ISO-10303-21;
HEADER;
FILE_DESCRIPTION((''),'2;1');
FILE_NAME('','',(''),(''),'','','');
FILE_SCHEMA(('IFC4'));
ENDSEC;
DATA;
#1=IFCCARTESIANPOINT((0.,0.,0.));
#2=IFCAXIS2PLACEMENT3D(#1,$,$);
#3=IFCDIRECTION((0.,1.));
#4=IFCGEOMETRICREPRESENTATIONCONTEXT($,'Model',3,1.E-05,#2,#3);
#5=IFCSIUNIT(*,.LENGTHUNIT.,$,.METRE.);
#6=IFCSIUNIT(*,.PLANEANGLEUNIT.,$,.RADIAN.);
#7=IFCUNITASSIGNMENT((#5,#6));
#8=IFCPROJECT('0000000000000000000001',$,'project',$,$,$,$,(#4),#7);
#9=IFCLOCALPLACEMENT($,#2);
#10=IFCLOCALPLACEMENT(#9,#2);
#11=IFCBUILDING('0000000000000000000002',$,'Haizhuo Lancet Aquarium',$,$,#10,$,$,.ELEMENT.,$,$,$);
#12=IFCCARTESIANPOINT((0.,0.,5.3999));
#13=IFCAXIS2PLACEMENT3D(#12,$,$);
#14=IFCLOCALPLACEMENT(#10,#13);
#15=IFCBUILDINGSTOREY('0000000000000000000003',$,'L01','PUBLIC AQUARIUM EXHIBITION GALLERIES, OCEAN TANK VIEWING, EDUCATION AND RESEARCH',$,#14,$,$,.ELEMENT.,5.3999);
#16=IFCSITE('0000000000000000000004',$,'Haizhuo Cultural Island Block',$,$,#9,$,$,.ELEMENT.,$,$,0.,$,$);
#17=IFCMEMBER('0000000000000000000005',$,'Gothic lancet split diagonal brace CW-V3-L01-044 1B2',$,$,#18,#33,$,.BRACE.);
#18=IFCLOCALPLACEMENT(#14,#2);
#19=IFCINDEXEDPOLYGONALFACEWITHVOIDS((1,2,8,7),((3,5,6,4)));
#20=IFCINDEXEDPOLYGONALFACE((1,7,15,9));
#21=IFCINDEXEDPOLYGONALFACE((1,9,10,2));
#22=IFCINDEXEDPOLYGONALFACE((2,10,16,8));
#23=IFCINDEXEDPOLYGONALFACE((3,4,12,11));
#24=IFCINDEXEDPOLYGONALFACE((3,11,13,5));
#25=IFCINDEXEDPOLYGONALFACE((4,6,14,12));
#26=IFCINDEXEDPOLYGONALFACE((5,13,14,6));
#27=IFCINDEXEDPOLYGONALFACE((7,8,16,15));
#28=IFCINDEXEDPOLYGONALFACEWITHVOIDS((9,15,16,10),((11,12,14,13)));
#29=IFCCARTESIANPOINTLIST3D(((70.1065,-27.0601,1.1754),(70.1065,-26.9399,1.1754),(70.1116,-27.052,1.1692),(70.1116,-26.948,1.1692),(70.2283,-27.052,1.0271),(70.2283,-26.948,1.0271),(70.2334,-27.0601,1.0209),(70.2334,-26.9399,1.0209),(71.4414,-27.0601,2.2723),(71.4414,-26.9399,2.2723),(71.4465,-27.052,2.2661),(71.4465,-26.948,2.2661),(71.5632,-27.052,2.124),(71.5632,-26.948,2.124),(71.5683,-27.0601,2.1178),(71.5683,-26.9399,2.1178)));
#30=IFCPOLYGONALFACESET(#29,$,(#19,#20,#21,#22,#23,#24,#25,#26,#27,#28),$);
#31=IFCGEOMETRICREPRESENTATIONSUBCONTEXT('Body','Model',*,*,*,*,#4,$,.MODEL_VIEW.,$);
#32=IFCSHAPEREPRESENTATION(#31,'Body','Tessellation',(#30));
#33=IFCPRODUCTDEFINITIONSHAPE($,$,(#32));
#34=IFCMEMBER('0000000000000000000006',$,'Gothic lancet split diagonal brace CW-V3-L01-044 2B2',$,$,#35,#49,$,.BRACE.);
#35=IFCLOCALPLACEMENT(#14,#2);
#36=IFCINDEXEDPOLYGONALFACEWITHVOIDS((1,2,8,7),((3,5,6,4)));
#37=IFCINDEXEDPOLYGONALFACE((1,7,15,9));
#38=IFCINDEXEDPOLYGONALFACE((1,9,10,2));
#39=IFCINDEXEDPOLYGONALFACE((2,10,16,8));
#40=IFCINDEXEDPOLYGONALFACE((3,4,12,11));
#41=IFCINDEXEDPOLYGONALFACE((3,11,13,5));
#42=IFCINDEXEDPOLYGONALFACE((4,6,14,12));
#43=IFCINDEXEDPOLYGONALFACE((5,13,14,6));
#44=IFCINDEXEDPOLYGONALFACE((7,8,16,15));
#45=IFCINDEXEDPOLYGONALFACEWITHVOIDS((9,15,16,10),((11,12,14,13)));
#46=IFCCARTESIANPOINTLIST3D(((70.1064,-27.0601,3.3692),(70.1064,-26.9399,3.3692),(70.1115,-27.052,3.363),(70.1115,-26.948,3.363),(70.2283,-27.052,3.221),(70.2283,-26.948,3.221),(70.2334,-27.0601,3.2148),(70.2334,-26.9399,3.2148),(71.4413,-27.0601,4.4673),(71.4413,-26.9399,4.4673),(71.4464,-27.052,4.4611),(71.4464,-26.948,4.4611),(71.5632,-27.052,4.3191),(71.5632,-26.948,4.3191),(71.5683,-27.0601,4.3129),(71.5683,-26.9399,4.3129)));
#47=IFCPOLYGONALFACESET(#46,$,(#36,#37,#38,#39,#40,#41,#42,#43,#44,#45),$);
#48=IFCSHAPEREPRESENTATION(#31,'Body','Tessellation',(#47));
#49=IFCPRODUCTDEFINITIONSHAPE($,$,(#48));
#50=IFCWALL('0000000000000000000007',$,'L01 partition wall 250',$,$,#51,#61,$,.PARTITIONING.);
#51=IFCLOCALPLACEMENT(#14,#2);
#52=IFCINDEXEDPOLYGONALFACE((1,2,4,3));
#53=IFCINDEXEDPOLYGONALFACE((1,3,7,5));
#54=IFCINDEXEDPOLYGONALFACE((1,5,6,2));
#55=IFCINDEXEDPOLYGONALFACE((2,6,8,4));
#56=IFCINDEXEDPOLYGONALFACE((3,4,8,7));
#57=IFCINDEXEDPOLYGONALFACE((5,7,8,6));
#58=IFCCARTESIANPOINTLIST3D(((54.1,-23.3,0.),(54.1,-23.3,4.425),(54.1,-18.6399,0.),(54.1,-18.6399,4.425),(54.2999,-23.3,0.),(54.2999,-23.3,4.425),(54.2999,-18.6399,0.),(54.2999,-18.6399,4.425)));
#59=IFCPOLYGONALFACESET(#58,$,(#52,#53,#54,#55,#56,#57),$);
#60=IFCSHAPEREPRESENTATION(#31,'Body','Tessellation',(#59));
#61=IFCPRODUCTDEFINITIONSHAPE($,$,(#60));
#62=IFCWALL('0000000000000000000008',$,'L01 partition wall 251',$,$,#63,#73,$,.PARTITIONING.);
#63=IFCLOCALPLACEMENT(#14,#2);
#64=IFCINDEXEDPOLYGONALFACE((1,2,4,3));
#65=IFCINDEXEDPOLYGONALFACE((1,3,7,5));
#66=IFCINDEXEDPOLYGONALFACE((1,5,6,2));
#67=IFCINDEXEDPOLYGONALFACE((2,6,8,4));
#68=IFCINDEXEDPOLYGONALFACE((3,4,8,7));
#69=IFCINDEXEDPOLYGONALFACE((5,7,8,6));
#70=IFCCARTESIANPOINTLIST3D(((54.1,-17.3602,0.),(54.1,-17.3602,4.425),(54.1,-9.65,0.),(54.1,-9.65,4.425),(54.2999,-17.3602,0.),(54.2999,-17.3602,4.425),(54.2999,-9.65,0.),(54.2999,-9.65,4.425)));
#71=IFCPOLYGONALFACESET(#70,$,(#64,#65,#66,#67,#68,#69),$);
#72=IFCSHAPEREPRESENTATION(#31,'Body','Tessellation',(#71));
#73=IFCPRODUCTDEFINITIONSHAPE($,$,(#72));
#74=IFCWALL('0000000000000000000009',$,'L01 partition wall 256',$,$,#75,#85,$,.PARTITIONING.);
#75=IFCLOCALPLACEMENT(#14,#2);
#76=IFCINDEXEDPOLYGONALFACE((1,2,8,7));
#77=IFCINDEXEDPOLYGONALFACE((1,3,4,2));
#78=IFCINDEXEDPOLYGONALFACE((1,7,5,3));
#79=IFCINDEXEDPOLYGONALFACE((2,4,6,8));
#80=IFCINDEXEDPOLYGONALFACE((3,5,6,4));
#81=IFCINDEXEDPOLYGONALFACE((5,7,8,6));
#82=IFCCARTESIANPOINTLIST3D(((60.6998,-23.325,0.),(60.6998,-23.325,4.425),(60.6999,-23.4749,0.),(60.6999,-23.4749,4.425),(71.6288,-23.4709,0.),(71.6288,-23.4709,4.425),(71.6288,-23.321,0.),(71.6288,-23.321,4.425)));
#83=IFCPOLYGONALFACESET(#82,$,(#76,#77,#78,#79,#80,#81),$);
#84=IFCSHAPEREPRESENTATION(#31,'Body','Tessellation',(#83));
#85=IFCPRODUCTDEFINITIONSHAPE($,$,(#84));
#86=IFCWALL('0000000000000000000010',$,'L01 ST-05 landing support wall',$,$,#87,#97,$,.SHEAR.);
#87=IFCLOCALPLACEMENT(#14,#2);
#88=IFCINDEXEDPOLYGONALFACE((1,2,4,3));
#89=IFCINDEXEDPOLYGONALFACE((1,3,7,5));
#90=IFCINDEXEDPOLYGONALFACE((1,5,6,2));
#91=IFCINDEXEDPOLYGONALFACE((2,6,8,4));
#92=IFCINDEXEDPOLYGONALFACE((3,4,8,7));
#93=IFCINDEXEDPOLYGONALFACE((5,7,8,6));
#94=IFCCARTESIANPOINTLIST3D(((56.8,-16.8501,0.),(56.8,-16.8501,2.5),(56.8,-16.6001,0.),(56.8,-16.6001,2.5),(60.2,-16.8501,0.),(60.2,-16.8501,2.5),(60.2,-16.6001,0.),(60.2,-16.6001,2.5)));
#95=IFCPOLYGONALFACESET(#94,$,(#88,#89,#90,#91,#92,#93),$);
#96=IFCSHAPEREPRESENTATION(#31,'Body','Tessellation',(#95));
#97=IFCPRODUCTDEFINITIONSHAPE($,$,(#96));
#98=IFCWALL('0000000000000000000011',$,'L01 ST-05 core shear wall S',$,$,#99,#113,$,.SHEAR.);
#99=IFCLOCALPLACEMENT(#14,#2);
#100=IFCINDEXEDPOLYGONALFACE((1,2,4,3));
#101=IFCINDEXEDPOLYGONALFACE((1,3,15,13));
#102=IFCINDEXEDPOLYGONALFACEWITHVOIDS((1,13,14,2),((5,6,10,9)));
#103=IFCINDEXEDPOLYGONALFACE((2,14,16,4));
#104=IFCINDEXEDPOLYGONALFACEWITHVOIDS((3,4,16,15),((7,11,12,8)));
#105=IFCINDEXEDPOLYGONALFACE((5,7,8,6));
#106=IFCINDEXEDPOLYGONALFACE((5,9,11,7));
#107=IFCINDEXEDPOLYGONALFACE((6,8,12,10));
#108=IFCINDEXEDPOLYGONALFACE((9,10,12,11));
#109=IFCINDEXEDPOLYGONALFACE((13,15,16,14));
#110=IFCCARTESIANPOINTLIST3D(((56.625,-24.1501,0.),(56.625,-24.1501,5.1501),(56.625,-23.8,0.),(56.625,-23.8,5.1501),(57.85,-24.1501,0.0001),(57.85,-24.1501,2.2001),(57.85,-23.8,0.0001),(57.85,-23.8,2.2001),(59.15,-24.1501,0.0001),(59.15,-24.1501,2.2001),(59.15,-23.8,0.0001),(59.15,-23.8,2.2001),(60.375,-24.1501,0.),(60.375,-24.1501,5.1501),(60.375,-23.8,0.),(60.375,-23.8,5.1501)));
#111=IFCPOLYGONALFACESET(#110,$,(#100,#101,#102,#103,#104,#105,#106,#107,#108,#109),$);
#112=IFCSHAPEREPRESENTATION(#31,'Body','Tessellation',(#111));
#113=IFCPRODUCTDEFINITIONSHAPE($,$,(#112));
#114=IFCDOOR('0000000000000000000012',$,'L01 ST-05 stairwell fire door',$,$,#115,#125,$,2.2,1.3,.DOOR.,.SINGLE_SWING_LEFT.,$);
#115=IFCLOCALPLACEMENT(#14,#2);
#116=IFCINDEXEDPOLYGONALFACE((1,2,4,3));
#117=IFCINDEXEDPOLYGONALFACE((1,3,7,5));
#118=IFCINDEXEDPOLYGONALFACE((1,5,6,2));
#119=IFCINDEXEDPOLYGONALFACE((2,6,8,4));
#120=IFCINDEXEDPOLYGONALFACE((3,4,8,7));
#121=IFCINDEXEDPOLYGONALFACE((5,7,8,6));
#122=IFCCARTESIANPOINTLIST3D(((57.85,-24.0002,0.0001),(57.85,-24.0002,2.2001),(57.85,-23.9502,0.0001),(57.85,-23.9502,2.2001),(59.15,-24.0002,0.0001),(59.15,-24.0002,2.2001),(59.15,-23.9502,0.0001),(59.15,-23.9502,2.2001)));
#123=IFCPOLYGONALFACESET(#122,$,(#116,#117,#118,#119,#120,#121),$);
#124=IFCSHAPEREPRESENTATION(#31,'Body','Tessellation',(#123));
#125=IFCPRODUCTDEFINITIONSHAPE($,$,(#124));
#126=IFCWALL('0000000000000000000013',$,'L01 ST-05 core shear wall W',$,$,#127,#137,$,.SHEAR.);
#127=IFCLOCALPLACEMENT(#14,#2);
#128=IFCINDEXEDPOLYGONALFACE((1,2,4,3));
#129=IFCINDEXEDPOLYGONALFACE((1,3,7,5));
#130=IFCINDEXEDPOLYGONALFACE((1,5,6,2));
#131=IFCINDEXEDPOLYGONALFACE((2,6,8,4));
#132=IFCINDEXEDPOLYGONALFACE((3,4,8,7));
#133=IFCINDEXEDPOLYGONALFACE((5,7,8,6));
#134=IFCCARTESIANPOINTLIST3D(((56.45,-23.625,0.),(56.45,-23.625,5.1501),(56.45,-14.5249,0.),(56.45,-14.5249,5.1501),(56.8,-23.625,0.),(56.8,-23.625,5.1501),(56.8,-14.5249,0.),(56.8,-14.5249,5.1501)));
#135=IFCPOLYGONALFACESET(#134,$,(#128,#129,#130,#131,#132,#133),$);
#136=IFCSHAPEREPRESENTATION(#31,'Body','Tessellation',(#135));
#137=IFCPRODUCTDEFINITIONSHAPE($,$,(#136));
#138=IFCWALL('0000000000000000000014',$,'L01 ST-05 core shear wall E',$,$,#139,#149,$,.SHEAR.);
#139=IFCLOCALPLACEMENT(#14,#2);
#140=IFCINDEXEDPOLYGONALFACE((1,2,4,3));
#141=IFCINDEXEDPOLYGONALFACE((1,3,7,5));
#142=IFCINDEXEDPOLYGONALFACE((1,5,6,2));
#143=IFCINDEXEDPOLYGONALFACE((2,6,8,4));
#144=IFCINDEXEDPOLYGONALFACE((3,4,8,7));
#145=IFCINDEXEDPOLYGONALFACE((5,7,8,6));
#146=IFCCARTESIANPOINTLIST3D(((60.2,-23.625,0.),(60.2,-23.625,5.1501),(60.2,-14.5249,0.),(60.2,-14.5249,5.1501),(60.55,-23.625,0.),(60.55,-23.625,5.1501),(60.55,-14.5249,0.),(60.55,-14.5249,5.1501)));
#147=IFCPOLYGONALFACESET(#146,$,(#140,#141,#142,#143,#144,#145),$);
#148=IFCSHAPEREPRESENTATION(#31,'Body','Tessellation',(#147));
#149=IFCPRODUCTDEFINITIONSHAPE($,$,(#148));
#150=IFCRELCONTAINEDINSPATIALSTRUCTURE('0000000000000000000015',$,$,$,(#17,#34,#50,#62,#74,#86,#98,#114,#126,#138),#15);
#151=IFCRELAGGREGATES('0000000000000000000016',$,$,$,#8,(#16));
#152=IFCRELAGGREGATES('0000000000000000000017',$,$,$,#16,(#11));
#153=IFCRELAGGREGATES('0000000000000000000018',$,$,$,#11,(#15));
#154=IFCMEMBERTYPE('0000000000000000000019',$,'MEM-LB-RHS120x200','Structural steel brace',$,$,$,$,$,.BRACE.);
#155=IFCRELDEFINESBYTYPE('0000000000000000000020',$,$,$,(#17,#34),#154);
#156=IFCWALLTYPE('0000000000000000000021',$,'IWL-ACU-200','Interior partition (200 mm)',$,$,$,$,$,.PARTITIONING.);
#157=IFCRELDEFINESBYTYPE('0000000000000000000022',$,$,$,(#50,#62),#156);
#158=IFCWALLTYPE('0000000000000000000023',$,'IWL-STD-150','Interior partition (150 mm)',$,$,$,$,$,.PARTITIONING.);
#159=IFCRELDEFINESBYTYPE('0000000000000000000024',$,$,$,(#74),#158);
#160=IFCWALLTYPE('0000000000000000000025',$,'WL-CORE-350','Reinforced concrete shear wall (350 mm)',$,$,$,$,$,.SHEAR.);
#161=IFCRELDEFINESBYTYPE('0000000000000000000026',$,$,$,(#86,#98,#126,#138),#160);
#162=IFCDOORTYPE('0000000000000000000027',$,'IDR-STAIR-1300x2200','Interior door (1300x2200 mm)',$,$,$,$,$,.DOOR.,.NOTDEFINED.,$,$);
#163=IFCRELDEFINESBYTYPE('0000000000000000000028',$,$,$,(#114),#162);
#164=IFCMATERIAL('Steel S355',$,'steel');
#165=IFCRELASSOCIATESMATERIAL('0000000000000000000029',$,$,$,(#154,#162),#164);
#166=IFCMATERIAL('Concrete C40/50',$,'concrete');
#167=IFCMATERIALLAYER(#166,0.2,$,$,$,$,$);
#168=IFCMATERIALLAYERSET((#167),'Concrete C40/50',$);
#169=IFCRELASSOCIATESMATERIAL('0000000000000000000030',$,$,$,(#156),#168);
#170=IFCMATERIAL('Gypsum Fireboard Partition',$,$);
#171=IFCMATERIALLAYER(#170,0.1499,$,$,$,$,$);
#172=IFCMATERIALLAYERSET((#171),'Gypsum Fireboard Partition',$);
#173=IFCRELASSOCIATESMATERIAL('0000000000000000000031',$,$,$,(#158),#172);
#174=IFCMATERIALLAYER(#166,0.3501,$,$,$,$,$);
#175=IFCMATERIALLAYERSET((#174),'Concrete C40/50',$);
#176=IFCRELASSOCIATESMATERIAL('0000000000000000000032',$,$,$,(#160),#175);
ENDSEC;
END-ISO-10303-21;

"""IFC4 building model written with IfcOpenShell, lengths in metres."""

from ifc_helpers import new_model, si_unit, direction, frame, frame_2d, origin, origin_2d, place, context, subcontext, project, spatial, rectangle, hollow_rectangle, extrude, material, layer, layer_set, material_profile, profile_set, type_object, element, fill, save


model = new_model("IFC4")

# Units and contexts
model_context = context("Model", 3, precision=1e-05, world=origin(), true_north=direction((0.0, 1.0)))
body_context = subcontext(model_context, "Body", "Model", "MODEL_VIEW")
ifc_project = project(units=[si_unit("LENGTHUNIT", "METRE"), si_unit("PLANEANGLEUNIT", "RADIAN")], contexts=[model_context])

# Site, building, storey
site_placement = place(None, origin())
site = spatial("IfcSite", under=ifc_project, at=site_placement, Name="Haizhuo Cultural Island Block", CompositionType="ELEMENT", RefElevation=0.0)
building_placement = place(site_placement, origin())
building = spatial("IfcBuilding", under=site, at=building_placement, Name="Haizhuo Lancet Aquarium", CompositionType="ELEMENT")
storey_placement = place(building_placement, frame((0.0, 0.0, 5.3999)))
storey = spatial("IfcBuildingStorey", under=building, at=storey_placement, Name="L01", Description="PUBLIC AQUARIUM EXHIBITION GALLERIES, OCEAN TANK VIEWING, EDUCATION AND RESEARCH", CompositionType="ELEMENT", Elevation=5.3999)

# Shared definitions
ifc_material_1 = material(Name="Concrete C40/50", Category="concrete")

# Shared definitions
ifc_material_2 = material(Name="Steel S355", Category="steel")

# Members
ifc_material_profile_1 = material_profile(ifc_material_2, hollow_rectangle(XDim=0.1201, YDim=0.2, WallThickness=0.0081, at=origin_2d()), Name="RHS 120x200x8")
ifc_profile_set_1 = profile_set([ifc_material_profile_1], Name="Steel S355")
member_type = type_object("IfcMemberType", Name="MEM-LB-RHS120x200", Description="Structural steel brace", PredefinedType="BRACE", material=ifc_profile_set_1)
member_1_placement = place(storey_placement, frame((70.1699, -27.0, 1.0981), z_axis=(0.772627, 0.0, 0.63486), x_axis=(0.0, 1.0, 0.0)))
element("IfcMember", 1, at=member_1_placement, inside=storey, type_object=member_type, Name="Gothic lancet split diagonal brace CW-V3-L01-044 1B2", PredefinedType="BRACE", context=body_context, shape_type="SweptSolid", body=[
    extrude(hollow_rectangle(XDim=0.1201, YDim=0.2, WallThickness=0.0081, at=origin_2d()), origin(), (0.0, 0.0, 1.0), 1.7278),
])
member_2_placement = place(storey_placement, frame((70.1699, -27.0, 3.292), z_axis=(0.772281, 0.0, 0.635281), x_axis=(0.0, 1.0, 0.0)))
element("IfcMember", 2, at=member_2_placement, inside=storey, type_object=member_type, Name="Gothic lancet split diagonal brace CW-V3-L01-044 2B2", PredefinedType="BRACE", context=body_context, shape_type="SweptSolid", body=[
    extrude(hollow_rectangle(XDim=0.1201, YDim=0.2, WallThickness=0.0081, at=origin_2d()), origin(), (0.0, 0.0, 1.0), 1.7285),
])

# Walls
ifc_layer_1 = layer(ifc_material_1, 0.2)
ifc_layer_set_1 = layer_set([ifc_layer_1], Name="Concrete C40/50")
wall_type_1 = type_object("IfcWallType", Name="IWL-ACU-200", Description="Interior partition (200 mm)", PredefinedType="PARTITIONING", material=ifc_layer_set_1)
wall_1_placement = place(storey_placement, frame((54.2, -23.3, 0.0), z_axis=(0.0, 0.0, 1.0), x_axis=(0.0, 1.0, 0.0)))
element("IfcWall", 3, at=wall_1_placement, inside=storey, type_object=wall_type_1, Name="L01 partition wall 250", PredefinedType="PARTITIONING", context=body_context, shape_type="SweptSolid", body=[
    extrude(rectangle(XDim=4.6602, YDim=0.2, at=frame_2d((2.3301, 0.0))), origin(), (0.0, 0.0, 1.0), 4.425),
])
wall_2_placement = place(storey_placement, frame((54.2, -17.3601, 0.0), z_axis=(0.0, 0.0, 1.0), x_axis=(0.0, 1.0, 0.0)))
element("IfcWall", 4, at=wall_2_placement, inside=storey, type_object=wall_type_1, Name="L01 partition wall 251", PredefinedType="PARTITIONING", context=body_context, shape_type="SweptSolid", body=[
    extrude(rectangle(XDim=7.7102, YDim=0.2, at=frame_2d((3.855, 0.0))), origin(), (0.0, 0.0, 1.0), 4.425),
])
ifc_material_3 = material(Name="Gypsum Fireboard Partition")
ifc_layer_2 = layer(ifc_material_3, 0.1499)
ifc_layer_set_2 = layer_set([ifc_layer_2], Name="Gypsum Fireboard Partition")
wall_type_2 = type_object("IfcWallType", Name="IWL-STD-150", Description="Interior partition (150 mm)", PredefinedType="PARTITIONING", material=ifc_layer_set_2)
wall_3_placement = place(storey_placement, frame((60.7, -23.3999, 0.0), z_axis=(0.0, 0.0, 1.0), x_axis=(1.0, 0.000357, 0.0)))
element("IfcWall", 5, at=wall_3_placement, inside=storey, type_object=wall_type_2, Name="L01 partition wall 256", PredefinedType="PARTITIONING", context=body_context, shape_type="SweptSolid", body=[
    extrude(rectangle(XDim=10.929, YDim=0.1499, at=frame_2d((5.4644, 0.0))), origin(), (0.0, 0.0, 1.0), 4.425),
])
ifc_layer_3 = layer(ifc_material_1, 0.3501)
ifc_layer_set_3 = layer_set([ifc_layer_3], Name="Concrete C40/50")
wall_type_3 = type_object("IfcWallType", Name="WL-CORE-350", Description="Reinforced concrete shear wall (350 mm)", PredefinedType="SHEAR", material=ifc_layer_set_3)
wall_4_placement = place(storey_placement, frame((56.8, -16.7251, 0.0), z_axis=(0.0, 0.0, 1.0), x_axis=(1.0, 0.0, 0.0)))
element("IfcWall", 6, at=wall_4_placement, inside=storey, type_object=wall_type_3, Name="L01 ST-05 landing support wall", PredefinedType="SHEAR", context=body_context, shape_type="SweptSolid", body=[
    extrude(rectangle(XDim=3.3999, YDim=0.25, at=frame_2d((1.7, 0.0))), origin(), (0.0, 0.0, 1.0), 2.5),
])

# Wall, opening, door
wall_5_placement = place(storey_placement, frame((56.625, -23.9751, 0.0), z_axis=(0.0, 0.0, 1.0), x_axis=(1.0, 0.0, 0.0)))
wall_5 = element("IfcWall", 7, at=wall_5_placement, inside=storey, type_object=wall_type_3, Name="L01 ST-05 core shear wall S", PredefinedType="SHEAR", context=body_context, shape_type="SweptSolid", body=[
    extrude(rectangle(XDim=3.75, YDim=0.3501, at=frame_2d((1.875, 0.0))), origin(), (0.0, 0.0, 1.0), 5.1501),
])
opening_placement = place(wall_5_placement, frame((1.2251, 0.0, 0.0)))
opening = element("IfcOpeningElement", 8, at=opening_placement, cuts=wall_5, PredefinedType="OPENING", context=body_context, shape_type="SweptSolid", body=[
    extrude(rectangle(XDim=1.3, YDim=2.2, at=frame_2d((0.6499, 1.1001))), frame((0.0, 0.1851, 0.0), z_axis=(0.0, -1.0, 0.0), x_axis=(1.0, 0.0, 0.0)), (0.0, 0.0, 1.0), 0.3701),
])
door_type = type_object("IfcDoorType", Name="IDR-STAIR-1300x2200", Description="Interior door (1300x2200 mm)", OperationType="NOTDEFINED", PredefinedType="DOOR", material=ifc_material_2)
door_placement = place(opening_placement, origin())
door = element("IfcDoor", 9, at=door_placement, inside=storey, type_object=door_type, Name="L01 ST-05 stairwell fire door", OperationType="SINGLE_SWING_LEFT", OverallHeight=2.2, OverallWidth=1.3, PredefinedType="DOOR", context=body_context, shape_type="SweptSolid", body=[
    extrude(rectangle(XDim=1.3, YDim=2.2, at=frame_2d((0.6499, 1.1001))), frame((0.0, 0.0249, 0.0), z_axis=(0.0, -1.0, 0.0), x_axis=(1.0, 0.0, 0.0)), (0.0, 0.0, 1.0), 0.05),
])
fill(opening, door)

# Walls
for number, where, z_axis, x_axis, name in (
    (10, (56.625, -23.625, 0.0), (0.0, 0.0, 1.0), (0.0, 1.0, 0.0), "L01 ST-05 core shear wall W"),
    (11, (60.375, -23.625, 0.0), (0.0, 0.0, 1.0), (0.0, 1.0, 0.0), "L01 ST-05 core shear wall E"),
):
    element("IfcWall", number, at=place(storey_placement, frame(where, z_axis=z_axis, x_axis=x_axis)), inside=storey, type_object=wall_type_3, Name=name, PredefinedType="SHEAR", context=body_context, shape_type="SweptSolid", body=[
        extrude(rectangle(XDim=9.1001, YDim=0.3501, at=frame_2d((4.55, 0.0))), origin(), (0.0, 0.0, 1.0), 5.1501),
    ])

save(model, "model.ifc")
